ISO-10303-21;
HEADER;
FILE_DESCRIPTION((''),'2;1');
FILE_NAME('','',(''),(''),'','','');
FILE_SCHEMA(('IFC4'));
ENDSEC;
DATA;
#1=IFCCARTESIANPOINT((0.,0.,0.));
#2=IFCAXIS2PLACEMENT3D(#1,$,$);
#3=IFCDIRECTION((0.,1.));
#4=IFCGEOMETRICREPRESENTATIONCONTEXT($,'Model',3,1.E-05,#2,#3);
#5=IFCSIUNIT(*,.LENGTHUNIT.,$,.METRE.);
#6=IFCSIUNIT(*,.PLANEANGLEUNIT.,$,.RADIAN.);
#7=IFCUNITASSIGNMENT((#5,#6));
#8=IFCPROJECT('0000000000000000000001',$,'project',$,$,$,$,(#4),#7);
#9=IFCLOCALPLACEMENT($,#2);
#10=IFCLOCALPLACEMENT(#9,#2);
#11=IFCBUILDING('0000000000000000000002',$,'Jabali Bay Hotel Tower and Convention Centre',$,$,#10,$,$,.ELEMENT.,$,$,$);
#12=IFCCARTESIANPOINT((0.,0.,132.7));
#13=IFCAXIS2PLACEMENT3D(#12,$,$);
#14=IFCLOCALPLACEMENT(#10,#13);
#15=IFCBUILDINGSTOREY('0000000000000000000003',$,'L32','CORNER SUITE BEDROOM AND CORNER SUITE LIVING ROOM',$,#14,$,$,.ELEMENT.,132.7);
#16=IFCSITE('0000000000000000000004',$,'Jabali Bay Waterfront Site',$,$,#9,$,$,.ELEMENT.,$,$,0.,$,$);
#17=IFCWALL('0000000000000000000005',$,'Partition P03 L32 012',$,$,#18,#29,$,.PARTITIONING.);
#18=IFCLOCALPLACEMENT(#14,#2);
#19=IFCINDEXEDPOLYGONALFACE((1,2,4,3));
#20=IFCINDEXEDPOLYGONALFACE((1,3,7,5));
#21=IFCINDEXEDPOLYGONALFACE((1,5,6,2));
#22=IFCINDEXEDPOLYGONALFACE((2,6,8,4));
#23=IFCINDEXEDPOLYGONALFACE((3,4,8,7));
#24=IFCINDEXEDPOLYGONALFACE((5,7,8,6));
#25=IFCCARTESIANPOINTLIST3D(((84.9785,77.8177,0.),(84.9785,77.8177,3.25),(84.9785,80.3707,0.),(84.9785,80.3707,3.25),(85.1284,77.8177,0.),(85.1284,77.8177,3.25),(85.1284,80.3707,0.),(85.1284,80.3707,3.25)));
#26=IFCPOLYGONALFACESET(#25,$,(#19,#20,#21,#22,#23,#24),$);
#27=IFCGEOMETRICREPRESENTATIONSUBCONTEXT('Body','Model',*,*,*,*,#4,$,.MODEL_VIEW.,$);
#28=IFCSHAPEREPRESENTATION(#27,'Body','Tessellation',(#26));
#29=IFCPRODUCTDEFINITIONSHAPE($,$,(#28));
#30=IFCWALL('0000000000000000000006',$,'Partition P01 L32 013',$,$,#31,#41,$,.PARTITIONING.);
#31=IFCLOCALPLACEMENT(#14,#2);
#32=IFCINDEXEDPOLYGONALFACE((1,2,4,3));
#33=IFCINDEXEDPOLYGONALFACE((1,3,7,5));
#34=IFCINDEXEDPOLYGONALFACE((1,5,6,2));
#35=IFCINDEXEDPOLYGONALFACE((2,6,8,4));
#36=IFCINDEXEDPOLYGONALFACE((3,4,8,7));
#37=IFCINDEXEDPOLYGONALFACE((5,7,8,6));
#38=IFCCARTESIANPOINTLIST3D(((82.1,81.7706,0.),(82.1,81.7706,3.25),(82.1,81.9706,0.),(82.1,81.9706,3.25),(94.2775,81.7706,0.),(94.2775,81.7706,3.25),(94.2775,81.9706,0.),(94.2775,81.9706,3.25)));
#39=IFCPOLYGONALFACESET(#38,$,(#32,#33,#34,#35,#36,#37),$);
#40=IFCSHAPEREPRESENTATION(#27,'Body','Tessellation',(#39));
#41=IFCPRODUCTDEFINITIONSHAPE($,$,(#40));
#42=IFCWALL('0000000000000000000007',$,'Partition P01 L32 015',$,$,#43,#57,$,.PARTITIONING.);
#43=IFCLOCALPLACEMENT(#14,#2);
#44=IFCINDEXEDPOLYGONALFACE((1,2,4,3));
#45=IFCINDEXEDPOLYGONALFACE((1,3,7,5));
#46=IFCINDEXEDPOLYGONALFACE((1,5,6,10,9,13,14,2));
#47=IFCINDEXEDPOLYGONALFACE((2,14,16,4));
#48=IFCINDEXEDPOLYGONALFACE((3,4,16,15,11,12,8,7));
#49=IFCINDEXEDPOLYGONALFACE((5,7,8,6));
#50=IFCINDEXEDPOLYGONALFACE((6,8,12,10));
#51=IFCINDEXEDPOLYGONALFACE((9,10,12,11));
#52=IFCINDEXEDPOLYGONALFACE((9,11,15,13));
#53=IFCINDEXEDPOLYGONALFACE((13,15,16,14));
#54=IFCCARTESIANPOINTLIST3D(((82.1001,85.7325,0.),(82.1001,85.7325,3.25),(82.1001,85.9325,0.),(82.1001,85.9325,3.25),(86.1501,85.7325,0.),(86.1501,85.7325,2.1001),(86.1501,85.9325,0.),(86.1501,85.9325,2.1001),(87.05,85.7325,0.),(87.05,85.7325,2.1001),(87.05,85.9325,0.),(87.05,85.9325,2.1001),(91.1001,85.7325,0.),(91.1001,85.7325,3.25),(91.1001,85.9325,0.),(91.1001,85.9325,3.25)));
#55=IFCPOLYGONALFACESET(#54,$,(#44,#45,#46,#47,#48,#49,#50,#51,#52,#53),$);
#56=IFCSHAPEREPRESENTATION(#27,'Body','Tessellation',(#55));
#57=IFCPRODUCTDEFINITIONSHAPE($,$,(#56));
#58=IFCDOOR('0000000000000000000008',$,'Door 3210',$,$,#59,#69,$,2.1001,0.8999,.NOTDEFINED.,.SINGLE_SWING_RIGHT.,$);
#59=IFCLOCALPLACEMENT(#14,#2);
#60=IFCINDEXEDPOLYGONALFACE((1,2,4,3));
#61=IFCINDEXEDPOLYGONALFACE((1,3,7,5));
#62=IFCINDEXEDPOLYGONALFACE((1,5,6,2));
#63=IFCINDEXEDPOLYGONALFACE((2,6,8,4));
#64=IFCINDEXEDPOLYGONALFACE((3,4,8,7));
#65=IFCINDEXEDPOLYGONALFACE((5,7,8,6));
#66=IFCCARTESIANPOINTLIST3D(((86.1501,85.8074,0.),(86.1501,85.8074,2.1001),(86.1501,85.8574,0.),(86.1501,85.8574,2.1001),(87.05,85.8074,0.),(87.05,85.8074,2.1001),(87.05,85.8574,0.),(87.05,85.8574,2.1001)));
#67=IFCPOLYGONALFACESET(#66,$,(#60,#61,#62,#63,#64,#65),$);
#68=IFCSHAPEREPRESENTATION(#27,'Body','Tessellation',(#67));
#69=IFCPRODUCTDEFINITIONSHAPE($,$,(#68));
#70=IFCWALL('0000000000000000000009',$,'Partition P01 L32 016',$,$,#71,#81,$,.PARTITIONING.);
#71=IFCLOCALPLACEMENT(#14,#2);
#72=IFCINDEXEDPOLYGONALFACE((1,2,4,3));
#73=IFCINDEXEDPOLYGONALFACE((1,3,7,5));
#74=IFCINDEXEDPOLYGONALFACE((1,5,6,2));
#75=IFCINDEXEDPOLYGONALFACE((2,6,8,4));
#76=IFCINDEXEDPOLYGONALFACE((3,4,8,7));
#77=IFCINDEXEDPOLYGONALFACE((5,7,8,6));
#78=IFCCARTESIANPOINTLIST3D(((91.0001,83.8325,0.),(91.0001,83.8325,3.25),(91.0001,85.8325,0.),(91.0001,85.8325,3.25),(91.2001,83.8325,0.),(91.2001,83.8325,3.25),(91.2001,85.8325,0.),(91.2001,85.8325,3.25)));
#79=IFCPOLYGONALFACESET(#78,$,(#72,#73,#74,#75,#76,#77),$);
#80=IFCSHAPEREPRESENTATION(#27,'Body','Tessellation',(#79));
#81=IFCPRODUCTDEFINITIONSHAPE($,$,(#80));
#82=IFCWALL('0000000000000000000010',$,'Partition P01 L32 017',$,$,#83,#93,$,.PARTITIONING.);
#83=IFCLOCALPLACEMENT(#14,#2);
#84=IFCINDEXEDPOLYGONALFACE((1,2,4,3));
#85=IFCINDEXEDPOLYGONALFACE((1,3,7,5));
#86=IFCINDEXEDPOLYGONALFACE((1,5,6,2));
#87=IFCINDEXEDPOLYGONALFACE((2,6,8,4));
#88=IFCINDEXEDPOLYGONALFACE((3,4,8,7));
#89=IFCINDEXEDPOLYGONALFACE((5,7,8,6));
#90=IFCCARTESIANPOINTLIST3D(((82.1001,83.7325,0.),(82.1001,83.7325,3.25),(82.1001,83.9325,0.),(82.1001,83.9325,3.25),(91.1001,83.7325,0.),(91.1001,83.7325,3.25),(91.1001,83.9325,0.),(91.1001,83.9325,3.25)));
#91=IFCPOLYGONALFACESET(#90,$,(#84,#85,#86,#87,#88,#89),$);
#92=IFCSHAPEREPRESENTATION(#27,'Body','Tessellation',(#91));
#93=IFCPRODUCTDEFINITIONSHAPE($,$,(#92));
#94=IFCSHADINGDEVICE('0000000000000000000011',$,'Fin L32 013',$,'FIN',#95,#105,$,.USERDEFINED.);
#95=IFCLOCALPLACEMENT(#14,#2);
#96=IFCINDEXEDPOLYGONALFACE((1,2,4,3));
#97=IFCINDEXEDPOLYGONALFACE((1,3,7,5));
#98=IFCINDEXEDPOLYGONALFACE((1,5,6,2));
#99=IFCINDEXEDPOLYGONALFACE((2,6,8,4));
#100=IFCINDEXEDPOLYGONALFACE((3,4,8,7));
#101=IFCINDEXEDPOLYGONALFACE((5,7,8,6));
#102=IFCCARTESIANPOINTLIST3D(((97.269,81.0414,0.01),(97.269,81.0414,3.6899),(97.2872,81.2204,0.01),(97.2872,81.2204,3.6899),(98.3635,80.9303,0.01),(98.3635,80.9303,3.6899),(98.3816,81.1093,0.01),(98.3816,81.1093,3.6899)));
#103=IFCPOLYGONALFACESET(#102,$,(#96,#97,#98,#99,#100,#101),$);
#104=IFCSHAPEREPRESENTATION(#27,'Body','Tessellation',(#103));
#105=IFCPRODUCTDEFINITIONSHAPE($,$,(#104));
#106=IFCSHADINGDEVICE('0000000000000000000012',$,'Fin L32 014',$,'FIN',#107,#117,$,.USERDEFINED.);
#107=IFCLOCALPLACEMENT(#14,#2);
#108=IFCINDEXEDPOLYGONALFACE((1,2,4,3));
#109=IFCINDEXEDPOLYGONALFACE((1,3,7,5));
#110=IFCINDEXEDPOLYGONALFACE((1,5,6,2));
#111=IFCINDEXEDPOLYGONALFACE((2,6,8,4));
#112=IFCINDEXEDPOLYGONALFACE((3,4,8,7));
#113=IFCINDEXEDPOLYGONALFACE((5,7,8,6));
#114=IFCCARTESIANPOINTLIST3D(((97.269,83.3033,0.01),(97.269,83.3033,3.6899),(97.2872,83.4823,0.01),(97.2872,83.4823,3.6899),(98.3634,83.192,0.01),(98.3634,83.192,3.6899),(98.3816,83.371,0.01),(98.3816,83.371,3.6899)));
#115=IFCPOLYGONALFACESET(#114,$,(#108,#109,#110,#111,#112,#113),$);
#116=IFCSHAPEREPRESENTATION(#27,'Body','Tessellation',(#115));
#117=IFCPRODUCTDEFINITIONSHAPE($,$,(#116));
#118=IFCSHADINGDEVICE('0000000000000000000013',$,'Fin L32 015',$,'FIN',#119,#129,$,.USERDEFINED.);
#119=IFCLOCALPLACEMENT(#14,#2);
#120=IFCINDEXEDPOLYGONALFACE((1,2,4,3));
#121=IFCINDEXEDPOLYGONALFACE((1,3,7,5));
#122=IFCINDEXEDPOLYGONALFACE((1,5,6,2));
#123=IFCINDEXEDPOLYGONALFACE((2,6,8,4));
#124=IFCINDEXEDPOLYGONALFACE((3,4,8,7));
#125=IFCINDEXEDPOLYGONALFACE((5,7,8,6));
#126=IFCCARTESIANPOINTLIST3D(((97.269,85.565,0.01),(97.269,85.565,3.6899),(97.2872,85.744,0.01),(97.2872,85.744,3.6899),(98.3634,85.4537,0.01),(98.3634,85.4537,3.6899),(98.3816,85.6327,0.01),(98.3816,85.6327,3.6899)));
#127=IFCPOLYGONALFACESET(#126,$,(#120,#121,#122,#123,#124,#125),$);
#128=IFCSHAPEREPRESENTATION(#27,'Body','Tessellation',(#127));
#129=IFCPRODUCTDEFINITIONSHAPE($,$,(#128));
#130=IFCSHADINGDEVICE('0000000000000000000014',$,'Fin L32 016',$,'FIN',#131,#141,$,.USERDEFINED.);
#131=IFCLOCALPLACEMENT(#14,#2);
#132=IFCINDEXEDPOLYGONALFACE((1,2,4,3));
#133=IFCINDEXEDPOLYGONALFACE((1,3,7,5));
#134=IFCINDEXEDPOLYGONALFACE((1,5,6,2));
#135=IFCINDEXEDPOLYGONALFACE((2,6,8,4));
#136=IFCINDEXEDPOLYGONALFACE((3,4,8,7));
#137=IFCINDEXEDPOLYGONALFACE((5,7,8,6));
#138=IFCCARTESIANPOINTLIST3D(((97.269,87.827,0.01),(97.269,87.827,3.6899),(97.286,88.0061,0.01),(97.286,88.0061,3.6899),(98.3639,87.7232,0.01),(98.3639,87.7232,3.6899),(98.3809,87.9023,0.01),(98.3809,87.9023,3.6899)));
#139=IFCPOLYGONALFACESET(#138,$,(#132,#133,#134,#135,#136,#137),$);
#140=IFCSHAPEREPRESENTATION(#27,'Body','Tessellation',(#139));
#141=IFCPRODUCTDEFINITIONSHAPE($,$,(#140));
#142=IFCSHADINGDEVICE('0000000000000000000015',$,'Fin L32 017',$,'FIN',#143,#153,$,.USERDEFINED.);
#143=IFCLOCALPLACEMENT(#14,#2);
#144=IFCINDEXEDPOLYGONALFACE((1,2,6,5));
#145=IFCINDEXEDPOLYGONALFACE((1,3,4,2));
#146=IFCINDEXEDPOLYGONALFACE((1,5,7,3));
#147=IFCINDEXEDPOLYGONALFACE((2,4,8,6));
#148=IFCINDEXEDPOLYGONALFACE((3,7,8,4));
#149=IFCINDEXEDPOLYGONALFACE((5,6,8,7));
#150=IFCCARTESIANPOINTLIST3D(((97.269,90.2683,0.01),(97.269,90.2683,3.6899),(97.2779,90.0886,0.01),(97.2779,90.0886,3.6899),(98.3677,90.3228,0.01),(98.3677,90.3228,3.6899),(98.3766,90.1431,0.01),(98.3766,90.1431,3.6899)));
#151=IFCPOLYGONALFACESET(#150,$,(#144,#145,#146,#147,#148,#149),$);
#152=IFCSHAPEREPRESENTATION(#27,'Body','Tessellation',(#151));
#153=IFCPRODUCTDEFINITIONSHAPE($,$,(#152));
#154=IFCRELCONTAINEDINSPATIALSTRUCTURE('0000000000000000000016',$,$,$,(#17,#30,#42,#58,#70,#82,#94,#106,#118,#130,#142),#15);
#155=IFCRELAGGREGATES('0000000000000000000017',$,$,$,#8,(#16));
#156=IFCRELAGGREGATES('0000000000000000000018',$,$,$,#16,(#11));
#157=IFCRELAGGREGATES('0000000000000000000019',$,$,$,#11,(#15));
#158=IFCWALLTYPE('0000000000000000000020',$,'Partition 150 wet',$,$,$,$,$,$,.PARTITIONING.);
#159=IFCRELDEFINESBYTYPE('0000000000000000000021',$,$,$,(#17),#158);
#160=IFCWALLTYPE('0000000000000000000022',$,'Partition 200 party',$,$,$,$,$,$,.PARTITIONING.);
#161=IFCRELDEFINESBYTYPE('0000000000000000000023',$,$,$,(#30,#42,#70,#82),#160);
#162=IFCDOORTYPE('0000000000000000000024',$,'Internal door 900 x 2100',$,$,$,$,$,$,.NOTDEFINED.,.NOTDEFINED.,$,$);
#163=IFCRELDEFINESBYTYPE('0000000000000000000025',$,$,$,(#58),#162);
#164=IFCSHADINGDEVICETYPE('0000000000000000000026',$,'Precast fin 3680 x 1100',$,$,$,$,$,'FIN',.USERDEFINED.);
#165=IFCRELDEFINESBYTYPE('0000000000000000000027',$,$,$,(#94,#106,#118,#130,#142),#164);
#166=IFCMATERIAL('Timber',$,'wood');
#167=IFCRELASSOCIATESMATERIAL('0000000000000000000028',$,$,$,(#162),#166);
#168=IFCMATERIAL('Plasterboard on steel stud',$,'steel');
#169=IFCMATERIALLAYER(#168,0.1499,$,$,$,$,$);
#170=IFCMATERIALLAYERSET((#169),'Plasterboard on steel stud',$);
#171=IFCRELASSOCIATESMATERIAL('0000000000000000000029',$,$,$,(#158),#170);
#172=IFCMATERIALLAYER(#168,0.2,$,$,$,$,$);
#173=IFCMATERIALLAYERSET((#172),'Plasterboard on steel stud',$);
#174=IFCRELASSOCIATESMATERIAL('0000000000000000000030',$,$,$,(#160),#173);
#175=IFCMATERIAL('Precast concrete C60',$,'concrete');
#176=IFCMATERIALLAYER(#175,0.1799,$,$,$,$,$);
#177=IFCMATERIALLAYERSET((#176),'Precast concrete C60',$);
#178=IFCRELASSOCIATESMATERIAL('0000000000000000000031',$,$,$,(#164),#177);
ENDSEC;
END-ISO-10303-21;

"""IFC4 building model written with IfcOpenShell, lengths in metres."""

from ifc_helpers import new_model, si_unit, direction, frame, frame_2d, origin, place, context, subcontext, project, spatial, rectangle, extrude, material, layer, layer_set, type_object, element, fill, save


model = new_model("IFC4")

# Units and contexts
model_context = context("Model", 3, precision=1e-05, world=origin(), true_north=direction((0.0, 1.0)))
body_context = subcontext(model_context, "Body", "Model", "MODEL_VIEW")
ifc_project = project(units=[si_unit("LENGTHUNIT", "METRE"), si_unit("PLANEANGLEUNIT", "RADIAN")], contexts=[model_context])

# Site, building, storey
site_placement = place(None, origin())
site = spatial("IfcSite", under=ifc_project, at=site_placement, Name="Jabali Bay Waterfront Site", CompositionType="ELEMENT", RefElevation=0.0)
building_placement = place(site_placement, origin())
building = spatial("IfcBuilding", under=site, at=building_placement, Name="Jabali Bay Hotel Tower and Convention Centre", CompositionType="ELEMENT")
storey_placement = place(building_placement, frame((0.0, 0.0, 132.7)))
storey = spatial("IfcBuildingStorey", under=building, at=storey_placement, Name="L32", Description="CORNER SUITE BEDROOM AND CORNER SUITE LIVING ROOM", CompositionType="ELEMENT", Elevation=132.7)

# Shared definitions
ifc_material_1 = material(Name="Plasterboard on steel stud", Category="steel")
ifc_material_2 = material(Name="Timber", Category="wood")
door_type_1 = type_object("IfcDoorType", Name="Internal door 900 x 2100", OperationType="NOTDEFINED", PredefinedType="NOTDEFINED", material=ifc_material_2)
ifc_layer_1 = layer(ifc_material_1, 0.1499)
ifc_layer_set_1 = layer_set([ifc_layer_1], Name="Plasterboard on steel stud")
wall_type_1 = type_object("IfcWallType", Name="Partition 150 wet", PredefinedType="PARTITIONING", material=ifc_layer_set_1)

# Walls
wall_1_placement = place(storey_placement, frame((85.0535, 80.3706, 0.0), z_axis=(0.0, 0.0, 1.0), x_axis=(0.0, -1.0, 0.0)))
element("IfcWall", 1, at=wall_1_placement, inside=storey, type_object=wall_type_1, Name="Partition P03 L32 012", PredefinedType="PARTITIONING", context=body_context, shape_type="SweptSolid", body=[
    extrude(rectangle(XDim=2.553, YDim=0.1499, at=frame_2d((1.2764, 0.0))), origin(), (0.0, 0.0, 1.0), 3.25),
])
ifc_layer_2 = layer(ifc_material_1, 0.2)
ifc_layer_set_2 = layer_set([ifc_layer_2], Name="Plasterboard on steel stud")
wall_type_2 = type_object("IfcWallType", Name="Partition 200 party", PredefinedType="PARTITIONING", material=ifc_layer_set_2)
wall_2_placement = place(storey_placement, frame((94.2776, 81.8706, 0.0), z_axis=(0.0, 0.0, 1.0), x_axis=(-1.0, 0.0, 0.0)))
element("IfcWall", 2, at=wall_2_placement, inside=storey, type_object=wall_type_2, Name="Partition P01 L32 013", PredefinedType="PARTITIONING", context=body_context, shape_type="SweptSolid", body=[
    extrude(rectangle(XDim=12.1775, YDim=0.2, at=frame_2d((6.0889, 0.0))), origin(), (0.0, 0.0, 1.0), 3.25),
])

# Wall, opening, door
wall_3_placement = place(storey_placement, frame((82.1001, 85.8325, 0.0), z_axis=(0.0, 0.0, 1.0), x_axis=(1.0, 0.0, 0.0)))
wall_3 = element("IfcWall", 3, at=wall_3_placement, inside=storey, type_object=wall_type_2, Name="Partition P01 L32 015", PredefinedType="PARTITIONING", context=body_context, shape_type="SweptSolid", body=[
    extrude(rectangle(XDim=9.0, YDim=0.2, at=frame_2d((4.5, 0.0))), origin(), (0.0, 0.0, 1.0), 3.25),
])
opening_1_placement = place(wall_3_placement, frame((4.05, 0.0, 0.0)))
opening_1 = element("IfcOpeningElement", 4, at=opening_1_placement, cuts=wall_3, PredefinedType="OPENING", context=body_context, shape_type="SweptSolid", body=[
    extrude(rectangle(XDim=0.8999, YDim=2.1001, at=frame_2d((0.45, 1.05))), frame((0.0, 0.1104, 0.0), z_axis=(0.0, -1.0, 0.0), x_axis=(1.0, 0.0, 0.0)), (0.0, 0.0, 1.0), 0.2209),
])
door_1_placement = place(opening_1_placement, origin())
door_1 = element("IfcDoor", 5, at=door_1_placement, inside=storey, type_object=door_type_1, Name="Door 3210", OperationType="SINGLE_SWING_RIGHT", OverallHeight=2.1001, OverallWidth=0.8999, PredefinedType="NOTDEFINED", context=body_context, shape_type="SweptSolid", body=[
    extrude(rectangle(XDim=0.8999, YDim=2.1001, at=frame_2d((0.45, 1.05))), frame((0.0, 0.0249, 0.0), z_axis=(0.0, -1.0, 0.0), x_axis=(1.0, 0.0, 0.0)), (0.0, 0.0, 1.0), 0.05),
])
fill(opening_1, door_1)

# Walls
wall_4_placement = place(storey_placement, frame((91.1001, 85.8325, 0.0), z_axis=(0.0, 0.0, 1.0), x_axis=(0.0, -1.0, 0.0)))
element("IfcWall", 6, at=wall_4_placement, inside=storey, type_object=wall_type_2, Name="Partition P01 L32 016", PredefinedType="PARTITIONING", context=body_context, shape_type="SweptSolid", body=[
    extrude(rectangle(XDim=2.0, YDim=0.2, at=frame_2d((1.0, 0.0))), origin(), (0.0, 0.0, 1.0), 3.25),
])
wall_5_placement = place(storey_placement, frame((91.1001, 83.8325, 0.0), z_axis=(0.0, 0.0, 1.0), x_axis=(-1.0, 0.0, 0.0)))
element("IfcWall", 7, at=wall_5_placement, inside=storey, type_object=wall_type_2, Name="Partition P01 L32 017", PredefinedType="PARTITIONING", context=body_context, shape_type="SweptSolid", body=[
    extrude(rectangle(XDim=9.0, YDim=0.2, at=frame_2d((4.5, 0.0))), origin(), (0.0, 0.0, 1.0), 3.25),
])

# Shading devices
ifc_material_3 = material(Name="Precast concrete C60", Category="concrete")
ifc_layer_3 = layer(ifc_material_3, 0.1799)
ifc_layer_set_3 = layer_set([ifc_layer_3], Name="Precast concrete C60")
shading_device_type = type_object("IfcShadingDeviceType", Name="Precast fin 3680 x 1100", ElementType="FIN", PredefinedType="USERDEFINED", material=ifc_layer_set_3)
for number, where, z_axis, x_axis, name in (
    (8, (97.2781, 81.1309, 0.01), (0.0, 0.0, 1.0), (0.994889, -0.100976, 0.0), "Fin L32 013"),
    (9, (97.2781, 83.3928, 0.01), (0.0, 0.0, 1.0), (0.994867, -0.101195, 0.0), "Fin L32 014"),
    (10, (97.2781, 85.6545, 0.01), (0.0, 0.0, 1.0), (0.994867, -0.101195, 0.0), "Fin L32 015"),
):
    element("IfcShadingDevice", number, at=place(storey_placement, frame(where, z_axis=z_axis, x_axis=x_axis)), inside=storey, type_object=shading_device_type, Name=name, ObjectType="FIN", PredefinedType="USERDEFINED", context=body_context, shape_type="SweptSolid", body=[
        extrude(rectangle(XDim=1.1001, YDim=0.1799, at=frame_2d((0.55, 0.0))), origin(), (0.0, 0.0, 1.0), 3.6799),
    ])
shading_device_1_placement = place(storey_placement, frame((97.2776, 87.9165, 0.01), z_axis=(0.0, 0.0, 1.0), x_axis=(0.99554, -0.094338, 0.0)))
element("IfcShadingDevice", 11, at=shading_device_1_placement, inside=storey, type_object=shading_device_type, Name="Fin L32 016", ObjectType="FIN", PredefinedType="USERDEFINED", context=body_context, shape_type="SweptSolid", body=[
    extrude(rectangle(XDim=1.0999, YDim=0.1799, at=frame_2d((0.5498, 0.0))), origin(), (0.0, 0.0, 1.0), 3.6799),
])
shading_device_2_placement = place(storey_placement, frame((97.2734, 90.1785, 0.01), z_axis=(0.0, 0.0, 1.0), x_axis=(0.998774, 0.049495, 0.0)))
element("IfcShadingDevice", 12, at=shading_device_2_placement, inside=storey, type_object=shading_device_type, Name="Fin L32 017", ObjectType="FIN", PredefinedType="USERDEFINED", context=body_context, shape_type="SweptSolid", body=[
    extrude(rectangle(XDim=1.1001, YDim=0.1799, at=frame_2d((0.55, 0.0))), origin(), (0.0, 0.0, 1.0), 3.6799),
])

save(model, "model.ifc")
